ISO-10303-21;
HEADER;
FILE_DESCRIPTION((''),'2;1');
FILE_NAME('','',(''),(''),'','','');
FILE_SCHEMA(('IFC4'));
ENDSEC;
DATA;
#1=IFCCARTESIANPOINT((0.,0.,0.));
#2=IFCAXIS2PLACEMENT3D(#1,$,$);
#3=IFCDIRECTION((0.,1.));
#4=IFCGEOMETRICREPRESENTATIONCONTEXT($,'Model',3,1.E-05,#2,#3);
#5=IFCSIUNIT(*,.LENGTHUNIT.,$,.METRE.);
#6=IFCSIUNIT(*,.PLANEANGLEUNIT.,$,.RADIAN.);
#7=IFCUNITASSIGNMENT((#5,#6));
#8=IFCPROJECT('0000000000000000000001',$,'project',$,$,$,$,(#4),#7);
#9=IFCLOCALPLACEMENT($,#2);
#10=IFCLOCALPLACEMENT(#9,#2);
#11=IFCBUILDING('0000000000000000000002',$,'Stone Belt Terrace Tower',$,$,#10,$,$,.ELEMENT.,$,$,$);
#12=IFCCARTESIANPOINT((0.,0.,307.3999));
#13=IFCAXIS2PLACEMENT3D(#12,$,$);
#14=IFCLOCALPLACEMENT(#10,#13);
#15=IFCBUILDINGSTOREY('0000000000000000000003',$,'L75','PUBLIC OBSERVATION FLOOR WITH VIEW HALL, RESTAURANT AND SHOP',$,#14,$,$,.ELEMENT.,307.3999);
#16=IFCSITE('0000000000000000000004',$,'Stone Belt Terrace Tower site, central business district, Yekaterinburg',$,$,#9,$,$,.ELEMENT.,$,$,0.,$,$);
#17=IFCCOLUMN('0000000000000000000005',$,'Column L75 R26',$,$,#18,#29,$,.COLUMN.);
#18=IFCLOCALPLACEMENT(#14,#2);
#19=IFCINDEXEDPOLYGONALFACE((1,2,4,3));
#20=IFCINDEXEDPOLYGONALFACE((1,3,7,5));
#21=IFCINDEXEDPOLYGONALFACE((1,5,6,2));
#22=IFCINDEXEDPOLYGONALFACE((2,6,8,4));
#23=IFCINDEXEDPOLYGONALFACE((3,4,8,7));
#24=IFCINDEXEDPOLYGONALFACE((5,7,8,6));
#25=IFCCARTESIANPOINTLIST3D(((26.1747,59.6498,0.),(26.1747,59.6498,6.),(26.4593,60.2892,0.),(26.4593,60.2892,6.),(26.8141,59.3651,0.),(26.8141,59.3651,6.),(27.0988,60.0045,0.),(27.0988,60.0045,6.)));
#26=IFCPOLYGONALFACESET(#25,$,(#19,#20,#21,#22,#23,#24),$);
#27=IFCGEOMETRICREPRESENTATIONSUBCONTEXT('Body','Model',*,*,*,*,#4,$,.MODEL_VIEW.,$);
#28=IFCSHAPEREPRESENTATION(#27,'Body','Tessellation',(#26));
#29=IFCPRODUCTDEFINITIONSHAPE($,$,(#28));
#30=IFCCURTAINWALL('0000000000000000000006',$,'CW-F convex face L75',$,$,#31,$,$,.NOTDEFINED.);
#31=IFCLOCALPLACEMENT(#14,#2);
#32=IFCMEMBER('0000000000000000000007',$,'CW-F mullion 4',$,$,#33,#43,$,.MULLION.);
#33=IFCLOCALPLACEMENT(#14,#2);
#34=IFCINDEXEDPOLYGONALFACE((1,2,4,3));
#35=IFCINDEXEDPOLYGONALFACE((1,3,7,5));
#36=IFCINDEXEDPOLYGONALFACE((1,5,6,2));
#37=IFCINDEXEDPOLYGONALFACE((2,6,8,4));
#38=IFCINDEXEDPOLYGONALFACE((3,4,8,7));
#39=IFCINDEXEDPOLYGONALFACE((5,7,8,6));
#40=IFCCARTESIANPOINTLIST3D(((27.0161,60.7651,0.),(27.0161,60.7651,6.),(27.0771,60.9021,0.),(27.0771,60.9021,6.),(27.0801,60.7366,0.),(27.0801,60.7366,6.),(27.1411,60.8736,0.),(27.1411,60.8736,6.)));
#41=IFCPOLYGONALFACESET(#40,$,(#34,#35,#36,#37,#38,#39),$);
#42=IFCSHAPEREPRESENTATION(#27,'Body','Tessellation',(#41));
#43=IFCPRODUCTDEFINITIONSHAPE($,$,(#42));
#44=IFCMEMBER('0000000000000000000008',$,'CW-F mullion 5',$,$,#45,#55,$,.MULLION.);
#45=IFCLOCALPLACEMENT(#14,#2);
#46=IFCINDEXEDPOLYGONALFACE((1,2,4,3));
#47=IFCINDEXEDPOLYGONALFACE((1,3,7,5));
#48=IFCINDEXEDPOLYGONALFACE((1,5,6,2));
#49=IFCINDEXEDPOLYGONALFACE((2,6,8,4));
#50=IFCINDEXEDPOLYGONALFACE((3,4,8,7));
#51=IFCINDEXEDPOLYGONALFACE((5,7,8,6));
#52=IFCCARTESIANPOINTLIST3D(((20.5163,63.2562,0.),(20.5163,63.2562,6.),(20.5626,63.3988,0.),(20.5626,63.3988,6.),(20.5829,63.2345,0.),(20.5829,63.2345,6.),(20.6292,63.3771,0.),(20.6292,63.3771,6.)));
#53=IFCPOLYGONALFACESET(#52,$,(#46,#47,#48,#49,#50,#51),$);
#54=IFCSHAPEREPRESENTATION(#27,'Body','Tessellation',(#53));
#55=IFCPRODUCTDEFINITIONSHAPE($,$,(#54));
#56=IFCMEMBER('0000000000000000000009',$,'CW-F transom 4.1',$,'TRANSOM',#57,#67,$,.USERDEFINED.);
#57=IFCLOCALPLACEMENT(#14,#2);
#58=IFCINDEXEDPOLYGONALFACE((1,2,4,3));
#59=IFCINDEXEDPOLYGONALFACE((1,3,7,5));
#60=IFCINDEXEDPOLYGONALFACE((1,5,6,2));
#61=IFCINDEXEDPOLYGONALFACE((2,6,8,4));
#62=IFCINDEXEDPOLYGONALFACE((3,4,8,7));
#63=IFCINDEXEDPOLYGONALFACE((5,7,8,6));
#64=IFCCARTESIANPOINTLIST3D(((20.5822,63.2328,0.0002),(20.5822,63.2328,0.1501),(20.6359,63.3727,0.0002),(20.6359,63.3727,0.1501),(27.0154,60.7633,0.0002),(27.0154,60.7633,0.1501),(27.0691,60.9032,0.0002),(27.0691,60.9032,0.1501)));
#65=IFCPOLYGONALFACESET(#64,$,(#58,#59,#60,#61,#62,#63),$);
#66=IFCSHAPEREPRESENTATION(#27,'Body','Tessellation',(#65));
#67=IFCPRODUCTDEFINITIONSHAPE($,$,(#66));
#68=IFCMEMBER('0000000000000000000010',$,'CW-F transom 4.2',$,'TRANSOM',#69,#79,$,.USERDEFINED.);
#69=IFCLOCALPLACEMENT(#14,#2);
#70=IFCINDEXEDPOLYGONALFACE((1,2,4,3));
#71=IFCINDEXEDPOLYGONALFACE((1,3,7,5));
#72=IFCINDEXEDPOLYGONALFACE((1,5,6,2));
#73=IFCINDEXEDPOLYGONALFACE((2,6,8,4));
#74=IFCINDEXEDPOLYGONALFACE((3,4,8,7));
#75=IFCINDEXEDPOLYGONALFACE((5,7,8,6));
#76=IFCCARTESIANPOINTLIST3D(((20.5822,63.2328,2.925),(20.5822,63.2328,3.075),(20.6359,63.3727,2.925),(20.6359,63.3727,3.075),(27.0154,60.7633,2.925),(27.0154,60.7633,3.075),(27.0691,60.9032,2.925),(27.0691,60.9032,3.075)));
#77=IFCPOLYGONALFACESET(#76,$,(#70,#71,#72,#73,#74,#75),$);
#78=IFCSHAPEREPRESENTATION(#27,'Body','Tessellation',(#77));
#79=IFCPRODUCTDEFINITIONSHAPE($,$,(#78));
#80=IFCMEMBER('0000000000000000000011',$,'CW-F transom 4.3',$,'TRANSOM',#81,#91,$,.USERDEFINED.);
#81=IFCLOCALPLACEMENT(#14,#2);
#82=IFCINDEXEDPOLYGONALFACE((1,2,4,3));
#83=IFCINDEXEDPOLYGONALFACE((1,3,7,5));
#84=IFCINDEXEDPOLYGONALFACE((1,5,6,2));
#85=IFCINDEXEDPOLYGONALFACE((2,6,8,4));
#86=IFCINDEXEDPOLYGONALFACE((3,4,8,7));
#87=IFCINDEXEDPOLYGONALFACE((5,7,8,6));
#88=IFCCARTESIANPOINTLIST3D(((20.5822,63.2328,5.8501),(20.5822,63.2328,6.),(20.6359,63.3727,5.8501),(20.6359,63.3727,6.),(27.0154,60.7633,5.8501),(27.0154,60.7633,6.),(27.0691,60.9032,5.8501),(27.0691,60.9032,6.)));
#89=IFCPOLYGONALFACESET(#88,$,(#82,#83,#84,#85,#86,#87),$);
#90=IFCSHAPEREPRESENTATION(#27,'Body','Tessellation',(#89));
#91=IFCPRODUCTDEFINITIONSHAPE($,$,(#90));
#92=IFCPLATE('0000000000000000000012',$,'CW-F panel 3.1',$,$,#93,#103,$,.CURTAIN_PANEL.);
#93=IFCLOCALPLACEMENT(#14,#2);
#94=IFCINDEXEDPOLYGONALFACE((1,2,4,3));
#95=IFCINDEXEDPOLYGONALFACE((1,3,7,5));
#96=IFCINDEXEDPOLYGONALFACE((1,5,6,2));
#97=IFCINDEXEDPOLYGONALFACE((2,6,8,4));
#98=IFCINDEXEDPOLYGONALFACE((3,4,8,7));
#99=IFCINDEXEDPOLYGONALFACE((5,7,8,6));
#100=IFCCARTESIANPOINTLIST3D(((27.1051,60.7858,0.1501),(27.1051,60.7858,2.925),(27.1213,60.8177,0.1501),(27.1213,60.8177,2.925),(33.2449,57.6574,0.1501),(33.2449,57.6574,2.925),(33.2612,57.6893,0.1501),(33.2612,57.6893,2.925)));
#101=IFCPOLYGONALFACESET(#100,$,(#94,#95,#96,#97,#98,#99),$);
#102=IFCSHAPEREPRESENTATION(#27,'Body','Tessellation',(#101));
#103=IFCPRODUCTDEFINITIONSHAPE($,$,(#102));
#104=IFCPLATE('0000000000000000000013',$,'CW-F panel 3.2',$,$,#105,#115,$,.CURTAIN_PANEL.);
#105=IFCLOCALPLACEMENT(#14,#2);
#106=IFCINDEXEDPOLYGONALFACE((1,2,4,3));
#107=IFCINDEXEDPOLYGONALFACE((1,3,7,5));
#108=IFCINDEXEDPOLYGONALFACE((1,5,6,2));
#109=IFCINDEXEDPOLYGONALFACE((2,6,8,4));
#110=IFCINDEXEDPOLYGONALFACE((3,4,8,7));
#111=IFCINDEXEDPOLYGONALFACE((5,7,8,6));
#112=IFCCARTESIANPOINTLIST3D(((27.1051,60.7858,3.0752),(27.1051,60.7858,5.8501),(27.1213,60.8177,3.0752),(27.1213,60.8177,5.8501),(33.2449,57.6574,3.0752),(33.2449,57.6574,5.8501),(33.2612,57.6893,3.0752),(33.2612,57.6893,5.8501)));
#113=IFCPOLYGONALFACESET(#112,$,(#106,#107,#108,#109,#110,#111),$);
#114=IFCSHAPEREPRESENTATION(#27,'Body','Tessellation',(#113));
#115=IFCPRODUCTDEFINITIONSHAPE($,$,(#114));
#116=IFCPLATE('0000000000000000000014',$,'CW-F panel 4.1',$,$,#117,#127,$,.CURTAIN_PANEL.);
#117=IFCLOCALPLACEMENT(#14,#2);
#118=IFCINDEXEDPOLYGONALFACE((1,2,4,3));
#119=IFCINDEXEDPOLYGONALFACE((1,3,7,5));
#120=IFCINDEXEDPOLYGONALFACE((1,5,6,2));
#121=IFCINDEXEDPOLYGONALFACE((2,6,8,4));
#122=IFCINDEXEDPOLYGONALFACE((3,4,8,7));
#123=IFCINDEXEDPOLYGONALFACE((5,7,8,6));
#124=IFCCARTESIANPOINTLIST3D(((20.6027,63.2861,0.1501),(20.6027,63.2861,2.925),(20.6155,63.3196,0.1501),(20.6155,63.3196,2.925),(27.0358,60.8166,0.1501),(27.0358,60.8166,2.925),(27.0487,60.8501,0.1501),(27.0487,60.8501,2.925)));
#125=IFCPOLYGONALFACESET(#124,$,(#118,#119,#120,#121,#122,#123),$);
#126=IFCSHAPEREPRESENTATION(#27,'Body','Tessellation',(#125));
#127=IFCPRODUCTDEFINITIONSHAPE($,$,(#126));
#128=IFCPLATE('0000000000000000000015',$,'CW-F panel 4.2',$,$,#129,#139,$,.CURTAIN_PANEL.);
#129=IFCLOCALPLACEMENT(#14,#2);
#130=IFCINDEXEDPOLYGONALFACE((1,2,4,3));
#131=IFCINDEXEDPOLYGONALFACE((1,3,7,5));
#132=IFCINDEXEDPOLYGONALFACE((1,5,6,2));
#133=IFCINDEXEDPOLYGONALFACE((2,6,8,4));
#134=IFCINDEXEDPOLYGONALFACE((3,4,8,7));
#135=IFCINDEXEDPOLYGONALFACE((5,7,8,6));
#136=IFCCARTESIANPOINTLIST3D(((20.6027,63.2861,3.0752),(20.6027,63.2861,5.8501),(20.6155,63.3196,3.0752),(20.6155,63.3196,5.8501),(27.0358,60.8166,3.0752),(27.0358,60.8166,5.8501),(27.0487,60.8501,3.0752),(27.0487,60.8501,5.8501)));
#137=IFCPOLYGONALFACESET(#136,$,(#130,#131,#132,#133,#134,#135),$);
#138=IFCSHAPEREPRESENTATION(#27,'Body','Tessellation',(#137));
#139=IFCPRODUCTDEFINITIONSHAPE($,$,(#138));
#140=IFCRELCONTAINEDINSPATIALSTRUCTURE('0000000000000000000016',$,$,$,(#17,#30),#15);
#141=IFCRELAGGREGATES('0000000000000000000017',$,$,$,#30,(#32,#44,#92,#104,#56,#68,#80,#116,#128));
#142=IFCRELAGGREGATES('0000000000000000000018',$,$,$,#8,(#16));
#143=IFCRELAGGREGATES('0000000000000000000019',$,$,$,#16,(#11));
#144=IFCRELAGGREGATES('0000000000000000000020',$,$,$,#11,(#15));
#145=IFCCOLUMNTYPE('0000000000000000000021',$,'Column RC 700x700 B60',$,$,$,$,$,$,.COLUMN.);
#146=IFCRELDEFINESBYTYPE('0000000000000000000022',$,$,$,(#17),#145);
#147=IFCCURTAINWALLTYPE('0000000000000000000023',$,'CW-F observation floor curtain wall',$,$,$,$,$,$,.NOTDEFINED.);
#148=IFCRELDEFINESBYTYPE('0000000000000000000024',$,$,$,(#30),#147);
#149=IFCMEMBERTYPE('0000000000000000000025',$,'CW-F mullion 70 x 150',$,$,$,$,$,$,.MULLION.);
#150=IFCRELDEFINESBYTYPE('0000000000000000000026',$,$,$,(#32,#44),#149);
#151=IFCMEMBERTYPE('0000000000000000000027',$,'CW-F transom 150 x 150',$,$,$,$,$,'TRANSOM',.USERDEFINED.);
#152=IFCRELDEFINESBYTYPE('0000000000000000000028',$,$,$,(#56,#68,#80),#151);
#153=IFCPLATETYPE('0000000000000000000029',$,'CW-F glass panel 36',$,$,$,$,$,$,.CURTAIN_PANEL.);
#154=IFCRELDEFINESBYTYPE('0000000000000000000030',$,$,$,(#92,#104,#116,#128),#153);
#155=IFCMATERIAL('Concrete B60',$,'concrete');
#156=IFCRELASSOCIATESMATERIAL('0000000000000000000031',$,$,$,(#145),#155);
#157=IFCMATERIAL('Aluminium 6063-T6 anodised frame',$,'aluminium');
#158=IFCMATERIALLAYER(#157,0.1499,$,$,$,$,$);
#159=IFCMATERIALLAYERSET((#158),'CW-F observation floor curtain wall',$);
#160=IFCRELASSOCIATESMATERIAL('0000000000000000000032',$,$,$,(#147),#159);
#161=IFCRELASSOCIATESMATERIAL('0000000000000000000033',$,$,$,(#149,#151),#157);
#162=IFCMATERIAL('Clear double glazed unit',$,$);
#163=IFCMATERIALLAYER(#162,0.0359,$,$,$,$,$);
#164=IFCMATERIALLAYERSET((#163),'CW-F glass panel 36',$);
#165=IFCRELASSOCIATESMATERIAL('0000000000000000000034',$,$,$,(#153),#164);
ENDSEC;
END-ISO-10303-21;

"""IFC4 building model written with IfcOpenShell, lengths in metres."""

from ifc_helpers import new_model, si_unit, direction, frame, origin, origin_2d, place, context, subcontext, project, spatial, rectangle, extrude, material, layer, layer_set, material_profile, profile_set, type_object, element, aggregate, save


model = new_model("IFC4")

# Units and contexts
model_context = context("Model", 3, precision=1e-05, world=origin(), true_north=direction((0.0, 1.0)))
body_context = subcontext(model_context, "Body", "Model", "MODEL_VIEW")
ifc_project = project(units=[si_unit("LENGTHUNIT", "METRE"), si_unit("PLANEANGLEUNIT", "RADIAN")], contexts=[model_context])

# Site, building, storey
site_placement = place(None, origin())
site = spatial("IfcSite", under=ifc_project, at=site_placement, Name="Stone Belt Terrace Tower site, central business district, Yekaterinburg", CompositionType="ELEMENT", RefElevation=0.0)
building_placement = place(site_placement, origin())
building = spatial("IfcBuilding", under=site, at=building_placement, Name="Stone Belt Terrace Tower", CompositionType="ELEMENT")
storey_placement = place(building_placement, frame((0.0, 0.0, 307.3999)))
storey = spatial("IfcBuildingStorey", under=building, at=storey_placement, Name="L75", Description="PUBLIC OBSERVATION FLOOR WITH VIEW HALL, RESTAURANT AND SHOP", CompositionType="ELEMENT", Elevation=307.3999)

# Column
ifc_material_1 = material(Name="Concrete B60", Category="concrete")
ifc_material_profile_1 = material_profile(ifc_material_1, rectangle(XDim=0.7, YDim=0.7, at=origin_2d()), Name="RC 700x700")
ifc_profile_set_1 = profile_set([ifc_material_profile_1], Name="Concrete B60")
column_type = type_object("IfcColumnType", Name="Column RC 700x700 B60", PredefinedType="COLUMN", material=ifc_profile_set_1)
column_placement = place(storey_placement, frame((26.6367, 59.8271, 0.0), z_axis=(0.0, 0.0, 1.0), x_axis=(0.913545, -0.406737, 0.0)))
element("IfcColumn", 1, at=column_placement, inside=storey, type_object=column_type, Name="Column L75 R26", PredefinedType="COLUMN", context=body_context, shape_type="SweptSolid", body=[
    extrude(rectangle(XDim=0.7, YDim=0.7, at=origin_2d()), origin(), (0.0, 0.0, 1.0), 6.0),
])

# Curtain wall, members, plates
ifc_material_2 = material(Name="Aluminium 6063-T6 anodised frame", Category="aluminium")
ifc_layer_1 = layer(ifc_material_2, 0.1499)
ifc_layer_set_1 = layer_set([ifc_layer_1], Name="CW-F observation floor curtain wall")
curtain_wall_type = type_object("IfcCurtainWallType", Name="CW-F observation floor curtain wall", PredefinedType="NOTDEFINED", material=ifc_layer_set_1)
curtain_wall_placement = place(storey_placement, origin())
curtain_wall = element("IfcCurtainWall", 2, at=curtain_wall_placement, inside=storey, type_object=curtain_wall_type, Name="CW-F convex face L75", PredefinedType="NOTDEFINED")
ifc_material_profile_2 = material_profile(ifc_material_2, rectangle(XDim=0.1499, YDim=0.0701, at=origin_2d()), Name="Aluminium 6063-T6 70x150")
ifc_profile_set_2 = profile_set([ifc_material_profile_2], Name="Aluminium 6063-T6 anodised frame")
member_type_1 = type_object("IfcMemberType", Name="CW-F mullion 70 x 150", PredefinedType="MULLION", material=ifc_profile_set_2)
member_1_placement = place(storey_placement, frame((27.0786, 60.8193, 0.0), z_axis=(0.0, 0.0, 1.0), x_axis=(-0.406737, -0.913545, 0.0)))
member_1 = element("IfcMember", 3, at=member_1_placement, type_object=member_type_1, Name="CW-F mullion 4", PredefinedType="MULLION", context=body_context, shape_type="SweptSolid", body=[
    extrude(rectangle(XDim=0.1499, YDim=0.0701, at=origin_2d()), origin(), (0.0, 0.0, 1.0), 6.0),
])
member_2_placement = place(storey_placement, frame((20.5728, 63.3167, 0.0), z_axis=(0.0, 0.0, 1.0), x_axis=(-0.309017, -0.951057, 0.0)))
member_2 = element("IfcMember", 4, at=member_2_placement, type_object=member_type_1, Name="CW-F mullion 5", PredefinedType="MULLION", context=body_context, shape_type="SweptSolid", body=[
    extrude(rectangle(XDim=0.1499, YDim=0.0701, at=origin_2d()), origin(), (0.0, 0.0, 1.0), 6.0),
])
ifc_material_profile_3 = material_profile(ifc_material_2, rectangle(XDim=0.1499, YDim=0.1499, at=origin_2d()), Name="Aluminium 6063-T6 150x150")
ifc_profile_set_3 = profile_set([ifc_material_profile_3], Name="Aluminium 6063-T6 anodised frame")
member_type_2 = type_object("IfcMemberType", Name="CW-F transom 150 x 150", ElementType="TRANSOM", PredefinedType="USERDEFINED", material=ifc_profile_set_3)
member_3_placement = place(storey_placement, frame((27.0422, 60.8333, 0.0752), z_axis=(-0.933578, 0.358374, 0.0), x_axis=(-0.358374, -0.933578, 0.0)))
member_3 = element("IfcMember", 5, at=member_3_placement, type_object=member_type_2, Name="CW-F transom 4.1", ObjectType="TRANSOM", PredefinedType="USERDEFINED", context=body_context, shape_type="SweptSolid", body=[
    extrude(rectangle(XDim=0.1499, YDim=0.1499, at=origin_2d()), origin(), (0.0, 0.0, 1.0), 6.8909),
])
member_4_placement = place(storey_placement, frame((27.0422, 60.8333, 3.0), z_axis=(-0.933578, 0.358374, 0.0), x_axis=(-0.358374, -0.933578, 0.0)))
member_4 = element("IfcMember", 6, at=member_4_placement, type_object=member_type_2, Name="CW-F transom 4.2", ObjectType="TRANSOM", PredefinedType="USERDEFINED", context=body_context, shape_type="SweptSolid", body=[
    extrude(rectangle(XDim=0.1499, YDim=0.1499, at=origin_2d()), origin(), (0.0, 0.0, 1.0), 6.8909),
])
member_5_placement = place(storey_placement, frame((27.0422, 60.8333, 5.925), z_axis=(-0.933578, 0.358374, 0.0), x_axis=(-0.358374, -0.933578, 0.0)))
member_5 = element("IfcMember", 7, at=member_5_placement, type_object=member_type_2, Name="CW-F transom 4.3", ObjectType="TRANSOM", PredefinedType="USERDEFINED", context=body_context, shape_type="SweptSolid", body=[
    extrude(rectangle(XDim=0.1499, YDim=0.1499, at=origin_2d()), origin(), (0.0, 0.0, 1.0), 6.8909),
])
ifc_material_3 = material(Name="Clear double glazed unit")
ifc_layer_2 = layer(ifc_material_3, 0.0359)
ifc_layer_set_2 = layer_set([ifc_layer_2], Name="CW-F glass panel 36")
plate_type = type_object("IfcPlateType", Name="CW-F glass panel 36", PredefinedType="CURTAIN_PANEL", material=ifc_layer_set_2)
plate_1_placement = place(storey_placement, frame((30.1831, 59.2375, 0.1501), z_axis=(0.0, 0.0, 1.0), x_axis=(-0.891007, 0.45399, 0.0)))
plate_1 = element("IfcPlate", 8, at=plate_1_placement, type_object=plate_type, Name="CW-F panel 3.1", PredefinedType="CURTAIN_PANEL", context=body_context, shape_type="SweptSolid", body=[
    extrude(rectangle(XDim=6.8909, YDim=0.0359, at=origin_2d()), origin(), (0.0, 0.0, 1.0), 2.7749),
])
plate_2_placement = place(storey_placement, frame((30.1831, 59.2375, 3.0752), z_axis=(0.0, 0.0, 1.0), x_axis=(-0.891007, 0.45399, 0.0)))
plate_2 = element("IfcPlate", 9, at=plate_2_placement, type_object=plate_type, Name="CW-F panel 3.2", PredefinedType="CURTAIN_PANEL", context=body_context, shape_type="SweptSolid", body=[
    extrude(rectangle(XDim=6.8909, YDim=0.0359, at=origin_2d()), origin(), (0.0, 0.0, 1.0), 2.7749),
])
plate_3_placement = place(storey_placement, frame((23.8257, 62.0681, 0.1501), z_axis=(0.0, 0.0, 1.0), x_axis=(-0.93358, 0.358368, 0.0)))
plate_3 = element("IfcPlate", 10, at=plate_3_placement, type_object=plate_type, Name="CW-F panel 4.1", PredefinedType="CURTAIN_PANEL", context=body_context, shape_type="SweptSolid", body=[
    extrude(rectangle(XDim=6.8909, YDim=0.0359, at=origin_2d()), origin(), (0.0, 0.0, 1.0), 2.7749),
])
plate_4_placement = place(storey_placement, frame((23.8257, 62.0681, 3.0752), z_axis=(0.0, 0.0, 1.0), x_axis=(-0.93358, 0.358368, 0.0)))
plate_4 = element("IfcPlate", 11, at=plate_4_placement, type_object=plate_type, Name="CW-F panel 4.2", PredefinedType="CURTAIN_PANEL", context=body_context, shape_type="SweptSolid", body=[
    extrude(rectangle(XDim=6.8909, YDim=0.0359, at=origin_2d()), origin(), (0.0, 0.0, 1.0), 2.7749),
])
aggregate(curtain_wall, [member_1, member_2, plate_1, plate_2, member_3, member_4, member_5, plate_3, plate_4])

save(model, "model.ifc")
